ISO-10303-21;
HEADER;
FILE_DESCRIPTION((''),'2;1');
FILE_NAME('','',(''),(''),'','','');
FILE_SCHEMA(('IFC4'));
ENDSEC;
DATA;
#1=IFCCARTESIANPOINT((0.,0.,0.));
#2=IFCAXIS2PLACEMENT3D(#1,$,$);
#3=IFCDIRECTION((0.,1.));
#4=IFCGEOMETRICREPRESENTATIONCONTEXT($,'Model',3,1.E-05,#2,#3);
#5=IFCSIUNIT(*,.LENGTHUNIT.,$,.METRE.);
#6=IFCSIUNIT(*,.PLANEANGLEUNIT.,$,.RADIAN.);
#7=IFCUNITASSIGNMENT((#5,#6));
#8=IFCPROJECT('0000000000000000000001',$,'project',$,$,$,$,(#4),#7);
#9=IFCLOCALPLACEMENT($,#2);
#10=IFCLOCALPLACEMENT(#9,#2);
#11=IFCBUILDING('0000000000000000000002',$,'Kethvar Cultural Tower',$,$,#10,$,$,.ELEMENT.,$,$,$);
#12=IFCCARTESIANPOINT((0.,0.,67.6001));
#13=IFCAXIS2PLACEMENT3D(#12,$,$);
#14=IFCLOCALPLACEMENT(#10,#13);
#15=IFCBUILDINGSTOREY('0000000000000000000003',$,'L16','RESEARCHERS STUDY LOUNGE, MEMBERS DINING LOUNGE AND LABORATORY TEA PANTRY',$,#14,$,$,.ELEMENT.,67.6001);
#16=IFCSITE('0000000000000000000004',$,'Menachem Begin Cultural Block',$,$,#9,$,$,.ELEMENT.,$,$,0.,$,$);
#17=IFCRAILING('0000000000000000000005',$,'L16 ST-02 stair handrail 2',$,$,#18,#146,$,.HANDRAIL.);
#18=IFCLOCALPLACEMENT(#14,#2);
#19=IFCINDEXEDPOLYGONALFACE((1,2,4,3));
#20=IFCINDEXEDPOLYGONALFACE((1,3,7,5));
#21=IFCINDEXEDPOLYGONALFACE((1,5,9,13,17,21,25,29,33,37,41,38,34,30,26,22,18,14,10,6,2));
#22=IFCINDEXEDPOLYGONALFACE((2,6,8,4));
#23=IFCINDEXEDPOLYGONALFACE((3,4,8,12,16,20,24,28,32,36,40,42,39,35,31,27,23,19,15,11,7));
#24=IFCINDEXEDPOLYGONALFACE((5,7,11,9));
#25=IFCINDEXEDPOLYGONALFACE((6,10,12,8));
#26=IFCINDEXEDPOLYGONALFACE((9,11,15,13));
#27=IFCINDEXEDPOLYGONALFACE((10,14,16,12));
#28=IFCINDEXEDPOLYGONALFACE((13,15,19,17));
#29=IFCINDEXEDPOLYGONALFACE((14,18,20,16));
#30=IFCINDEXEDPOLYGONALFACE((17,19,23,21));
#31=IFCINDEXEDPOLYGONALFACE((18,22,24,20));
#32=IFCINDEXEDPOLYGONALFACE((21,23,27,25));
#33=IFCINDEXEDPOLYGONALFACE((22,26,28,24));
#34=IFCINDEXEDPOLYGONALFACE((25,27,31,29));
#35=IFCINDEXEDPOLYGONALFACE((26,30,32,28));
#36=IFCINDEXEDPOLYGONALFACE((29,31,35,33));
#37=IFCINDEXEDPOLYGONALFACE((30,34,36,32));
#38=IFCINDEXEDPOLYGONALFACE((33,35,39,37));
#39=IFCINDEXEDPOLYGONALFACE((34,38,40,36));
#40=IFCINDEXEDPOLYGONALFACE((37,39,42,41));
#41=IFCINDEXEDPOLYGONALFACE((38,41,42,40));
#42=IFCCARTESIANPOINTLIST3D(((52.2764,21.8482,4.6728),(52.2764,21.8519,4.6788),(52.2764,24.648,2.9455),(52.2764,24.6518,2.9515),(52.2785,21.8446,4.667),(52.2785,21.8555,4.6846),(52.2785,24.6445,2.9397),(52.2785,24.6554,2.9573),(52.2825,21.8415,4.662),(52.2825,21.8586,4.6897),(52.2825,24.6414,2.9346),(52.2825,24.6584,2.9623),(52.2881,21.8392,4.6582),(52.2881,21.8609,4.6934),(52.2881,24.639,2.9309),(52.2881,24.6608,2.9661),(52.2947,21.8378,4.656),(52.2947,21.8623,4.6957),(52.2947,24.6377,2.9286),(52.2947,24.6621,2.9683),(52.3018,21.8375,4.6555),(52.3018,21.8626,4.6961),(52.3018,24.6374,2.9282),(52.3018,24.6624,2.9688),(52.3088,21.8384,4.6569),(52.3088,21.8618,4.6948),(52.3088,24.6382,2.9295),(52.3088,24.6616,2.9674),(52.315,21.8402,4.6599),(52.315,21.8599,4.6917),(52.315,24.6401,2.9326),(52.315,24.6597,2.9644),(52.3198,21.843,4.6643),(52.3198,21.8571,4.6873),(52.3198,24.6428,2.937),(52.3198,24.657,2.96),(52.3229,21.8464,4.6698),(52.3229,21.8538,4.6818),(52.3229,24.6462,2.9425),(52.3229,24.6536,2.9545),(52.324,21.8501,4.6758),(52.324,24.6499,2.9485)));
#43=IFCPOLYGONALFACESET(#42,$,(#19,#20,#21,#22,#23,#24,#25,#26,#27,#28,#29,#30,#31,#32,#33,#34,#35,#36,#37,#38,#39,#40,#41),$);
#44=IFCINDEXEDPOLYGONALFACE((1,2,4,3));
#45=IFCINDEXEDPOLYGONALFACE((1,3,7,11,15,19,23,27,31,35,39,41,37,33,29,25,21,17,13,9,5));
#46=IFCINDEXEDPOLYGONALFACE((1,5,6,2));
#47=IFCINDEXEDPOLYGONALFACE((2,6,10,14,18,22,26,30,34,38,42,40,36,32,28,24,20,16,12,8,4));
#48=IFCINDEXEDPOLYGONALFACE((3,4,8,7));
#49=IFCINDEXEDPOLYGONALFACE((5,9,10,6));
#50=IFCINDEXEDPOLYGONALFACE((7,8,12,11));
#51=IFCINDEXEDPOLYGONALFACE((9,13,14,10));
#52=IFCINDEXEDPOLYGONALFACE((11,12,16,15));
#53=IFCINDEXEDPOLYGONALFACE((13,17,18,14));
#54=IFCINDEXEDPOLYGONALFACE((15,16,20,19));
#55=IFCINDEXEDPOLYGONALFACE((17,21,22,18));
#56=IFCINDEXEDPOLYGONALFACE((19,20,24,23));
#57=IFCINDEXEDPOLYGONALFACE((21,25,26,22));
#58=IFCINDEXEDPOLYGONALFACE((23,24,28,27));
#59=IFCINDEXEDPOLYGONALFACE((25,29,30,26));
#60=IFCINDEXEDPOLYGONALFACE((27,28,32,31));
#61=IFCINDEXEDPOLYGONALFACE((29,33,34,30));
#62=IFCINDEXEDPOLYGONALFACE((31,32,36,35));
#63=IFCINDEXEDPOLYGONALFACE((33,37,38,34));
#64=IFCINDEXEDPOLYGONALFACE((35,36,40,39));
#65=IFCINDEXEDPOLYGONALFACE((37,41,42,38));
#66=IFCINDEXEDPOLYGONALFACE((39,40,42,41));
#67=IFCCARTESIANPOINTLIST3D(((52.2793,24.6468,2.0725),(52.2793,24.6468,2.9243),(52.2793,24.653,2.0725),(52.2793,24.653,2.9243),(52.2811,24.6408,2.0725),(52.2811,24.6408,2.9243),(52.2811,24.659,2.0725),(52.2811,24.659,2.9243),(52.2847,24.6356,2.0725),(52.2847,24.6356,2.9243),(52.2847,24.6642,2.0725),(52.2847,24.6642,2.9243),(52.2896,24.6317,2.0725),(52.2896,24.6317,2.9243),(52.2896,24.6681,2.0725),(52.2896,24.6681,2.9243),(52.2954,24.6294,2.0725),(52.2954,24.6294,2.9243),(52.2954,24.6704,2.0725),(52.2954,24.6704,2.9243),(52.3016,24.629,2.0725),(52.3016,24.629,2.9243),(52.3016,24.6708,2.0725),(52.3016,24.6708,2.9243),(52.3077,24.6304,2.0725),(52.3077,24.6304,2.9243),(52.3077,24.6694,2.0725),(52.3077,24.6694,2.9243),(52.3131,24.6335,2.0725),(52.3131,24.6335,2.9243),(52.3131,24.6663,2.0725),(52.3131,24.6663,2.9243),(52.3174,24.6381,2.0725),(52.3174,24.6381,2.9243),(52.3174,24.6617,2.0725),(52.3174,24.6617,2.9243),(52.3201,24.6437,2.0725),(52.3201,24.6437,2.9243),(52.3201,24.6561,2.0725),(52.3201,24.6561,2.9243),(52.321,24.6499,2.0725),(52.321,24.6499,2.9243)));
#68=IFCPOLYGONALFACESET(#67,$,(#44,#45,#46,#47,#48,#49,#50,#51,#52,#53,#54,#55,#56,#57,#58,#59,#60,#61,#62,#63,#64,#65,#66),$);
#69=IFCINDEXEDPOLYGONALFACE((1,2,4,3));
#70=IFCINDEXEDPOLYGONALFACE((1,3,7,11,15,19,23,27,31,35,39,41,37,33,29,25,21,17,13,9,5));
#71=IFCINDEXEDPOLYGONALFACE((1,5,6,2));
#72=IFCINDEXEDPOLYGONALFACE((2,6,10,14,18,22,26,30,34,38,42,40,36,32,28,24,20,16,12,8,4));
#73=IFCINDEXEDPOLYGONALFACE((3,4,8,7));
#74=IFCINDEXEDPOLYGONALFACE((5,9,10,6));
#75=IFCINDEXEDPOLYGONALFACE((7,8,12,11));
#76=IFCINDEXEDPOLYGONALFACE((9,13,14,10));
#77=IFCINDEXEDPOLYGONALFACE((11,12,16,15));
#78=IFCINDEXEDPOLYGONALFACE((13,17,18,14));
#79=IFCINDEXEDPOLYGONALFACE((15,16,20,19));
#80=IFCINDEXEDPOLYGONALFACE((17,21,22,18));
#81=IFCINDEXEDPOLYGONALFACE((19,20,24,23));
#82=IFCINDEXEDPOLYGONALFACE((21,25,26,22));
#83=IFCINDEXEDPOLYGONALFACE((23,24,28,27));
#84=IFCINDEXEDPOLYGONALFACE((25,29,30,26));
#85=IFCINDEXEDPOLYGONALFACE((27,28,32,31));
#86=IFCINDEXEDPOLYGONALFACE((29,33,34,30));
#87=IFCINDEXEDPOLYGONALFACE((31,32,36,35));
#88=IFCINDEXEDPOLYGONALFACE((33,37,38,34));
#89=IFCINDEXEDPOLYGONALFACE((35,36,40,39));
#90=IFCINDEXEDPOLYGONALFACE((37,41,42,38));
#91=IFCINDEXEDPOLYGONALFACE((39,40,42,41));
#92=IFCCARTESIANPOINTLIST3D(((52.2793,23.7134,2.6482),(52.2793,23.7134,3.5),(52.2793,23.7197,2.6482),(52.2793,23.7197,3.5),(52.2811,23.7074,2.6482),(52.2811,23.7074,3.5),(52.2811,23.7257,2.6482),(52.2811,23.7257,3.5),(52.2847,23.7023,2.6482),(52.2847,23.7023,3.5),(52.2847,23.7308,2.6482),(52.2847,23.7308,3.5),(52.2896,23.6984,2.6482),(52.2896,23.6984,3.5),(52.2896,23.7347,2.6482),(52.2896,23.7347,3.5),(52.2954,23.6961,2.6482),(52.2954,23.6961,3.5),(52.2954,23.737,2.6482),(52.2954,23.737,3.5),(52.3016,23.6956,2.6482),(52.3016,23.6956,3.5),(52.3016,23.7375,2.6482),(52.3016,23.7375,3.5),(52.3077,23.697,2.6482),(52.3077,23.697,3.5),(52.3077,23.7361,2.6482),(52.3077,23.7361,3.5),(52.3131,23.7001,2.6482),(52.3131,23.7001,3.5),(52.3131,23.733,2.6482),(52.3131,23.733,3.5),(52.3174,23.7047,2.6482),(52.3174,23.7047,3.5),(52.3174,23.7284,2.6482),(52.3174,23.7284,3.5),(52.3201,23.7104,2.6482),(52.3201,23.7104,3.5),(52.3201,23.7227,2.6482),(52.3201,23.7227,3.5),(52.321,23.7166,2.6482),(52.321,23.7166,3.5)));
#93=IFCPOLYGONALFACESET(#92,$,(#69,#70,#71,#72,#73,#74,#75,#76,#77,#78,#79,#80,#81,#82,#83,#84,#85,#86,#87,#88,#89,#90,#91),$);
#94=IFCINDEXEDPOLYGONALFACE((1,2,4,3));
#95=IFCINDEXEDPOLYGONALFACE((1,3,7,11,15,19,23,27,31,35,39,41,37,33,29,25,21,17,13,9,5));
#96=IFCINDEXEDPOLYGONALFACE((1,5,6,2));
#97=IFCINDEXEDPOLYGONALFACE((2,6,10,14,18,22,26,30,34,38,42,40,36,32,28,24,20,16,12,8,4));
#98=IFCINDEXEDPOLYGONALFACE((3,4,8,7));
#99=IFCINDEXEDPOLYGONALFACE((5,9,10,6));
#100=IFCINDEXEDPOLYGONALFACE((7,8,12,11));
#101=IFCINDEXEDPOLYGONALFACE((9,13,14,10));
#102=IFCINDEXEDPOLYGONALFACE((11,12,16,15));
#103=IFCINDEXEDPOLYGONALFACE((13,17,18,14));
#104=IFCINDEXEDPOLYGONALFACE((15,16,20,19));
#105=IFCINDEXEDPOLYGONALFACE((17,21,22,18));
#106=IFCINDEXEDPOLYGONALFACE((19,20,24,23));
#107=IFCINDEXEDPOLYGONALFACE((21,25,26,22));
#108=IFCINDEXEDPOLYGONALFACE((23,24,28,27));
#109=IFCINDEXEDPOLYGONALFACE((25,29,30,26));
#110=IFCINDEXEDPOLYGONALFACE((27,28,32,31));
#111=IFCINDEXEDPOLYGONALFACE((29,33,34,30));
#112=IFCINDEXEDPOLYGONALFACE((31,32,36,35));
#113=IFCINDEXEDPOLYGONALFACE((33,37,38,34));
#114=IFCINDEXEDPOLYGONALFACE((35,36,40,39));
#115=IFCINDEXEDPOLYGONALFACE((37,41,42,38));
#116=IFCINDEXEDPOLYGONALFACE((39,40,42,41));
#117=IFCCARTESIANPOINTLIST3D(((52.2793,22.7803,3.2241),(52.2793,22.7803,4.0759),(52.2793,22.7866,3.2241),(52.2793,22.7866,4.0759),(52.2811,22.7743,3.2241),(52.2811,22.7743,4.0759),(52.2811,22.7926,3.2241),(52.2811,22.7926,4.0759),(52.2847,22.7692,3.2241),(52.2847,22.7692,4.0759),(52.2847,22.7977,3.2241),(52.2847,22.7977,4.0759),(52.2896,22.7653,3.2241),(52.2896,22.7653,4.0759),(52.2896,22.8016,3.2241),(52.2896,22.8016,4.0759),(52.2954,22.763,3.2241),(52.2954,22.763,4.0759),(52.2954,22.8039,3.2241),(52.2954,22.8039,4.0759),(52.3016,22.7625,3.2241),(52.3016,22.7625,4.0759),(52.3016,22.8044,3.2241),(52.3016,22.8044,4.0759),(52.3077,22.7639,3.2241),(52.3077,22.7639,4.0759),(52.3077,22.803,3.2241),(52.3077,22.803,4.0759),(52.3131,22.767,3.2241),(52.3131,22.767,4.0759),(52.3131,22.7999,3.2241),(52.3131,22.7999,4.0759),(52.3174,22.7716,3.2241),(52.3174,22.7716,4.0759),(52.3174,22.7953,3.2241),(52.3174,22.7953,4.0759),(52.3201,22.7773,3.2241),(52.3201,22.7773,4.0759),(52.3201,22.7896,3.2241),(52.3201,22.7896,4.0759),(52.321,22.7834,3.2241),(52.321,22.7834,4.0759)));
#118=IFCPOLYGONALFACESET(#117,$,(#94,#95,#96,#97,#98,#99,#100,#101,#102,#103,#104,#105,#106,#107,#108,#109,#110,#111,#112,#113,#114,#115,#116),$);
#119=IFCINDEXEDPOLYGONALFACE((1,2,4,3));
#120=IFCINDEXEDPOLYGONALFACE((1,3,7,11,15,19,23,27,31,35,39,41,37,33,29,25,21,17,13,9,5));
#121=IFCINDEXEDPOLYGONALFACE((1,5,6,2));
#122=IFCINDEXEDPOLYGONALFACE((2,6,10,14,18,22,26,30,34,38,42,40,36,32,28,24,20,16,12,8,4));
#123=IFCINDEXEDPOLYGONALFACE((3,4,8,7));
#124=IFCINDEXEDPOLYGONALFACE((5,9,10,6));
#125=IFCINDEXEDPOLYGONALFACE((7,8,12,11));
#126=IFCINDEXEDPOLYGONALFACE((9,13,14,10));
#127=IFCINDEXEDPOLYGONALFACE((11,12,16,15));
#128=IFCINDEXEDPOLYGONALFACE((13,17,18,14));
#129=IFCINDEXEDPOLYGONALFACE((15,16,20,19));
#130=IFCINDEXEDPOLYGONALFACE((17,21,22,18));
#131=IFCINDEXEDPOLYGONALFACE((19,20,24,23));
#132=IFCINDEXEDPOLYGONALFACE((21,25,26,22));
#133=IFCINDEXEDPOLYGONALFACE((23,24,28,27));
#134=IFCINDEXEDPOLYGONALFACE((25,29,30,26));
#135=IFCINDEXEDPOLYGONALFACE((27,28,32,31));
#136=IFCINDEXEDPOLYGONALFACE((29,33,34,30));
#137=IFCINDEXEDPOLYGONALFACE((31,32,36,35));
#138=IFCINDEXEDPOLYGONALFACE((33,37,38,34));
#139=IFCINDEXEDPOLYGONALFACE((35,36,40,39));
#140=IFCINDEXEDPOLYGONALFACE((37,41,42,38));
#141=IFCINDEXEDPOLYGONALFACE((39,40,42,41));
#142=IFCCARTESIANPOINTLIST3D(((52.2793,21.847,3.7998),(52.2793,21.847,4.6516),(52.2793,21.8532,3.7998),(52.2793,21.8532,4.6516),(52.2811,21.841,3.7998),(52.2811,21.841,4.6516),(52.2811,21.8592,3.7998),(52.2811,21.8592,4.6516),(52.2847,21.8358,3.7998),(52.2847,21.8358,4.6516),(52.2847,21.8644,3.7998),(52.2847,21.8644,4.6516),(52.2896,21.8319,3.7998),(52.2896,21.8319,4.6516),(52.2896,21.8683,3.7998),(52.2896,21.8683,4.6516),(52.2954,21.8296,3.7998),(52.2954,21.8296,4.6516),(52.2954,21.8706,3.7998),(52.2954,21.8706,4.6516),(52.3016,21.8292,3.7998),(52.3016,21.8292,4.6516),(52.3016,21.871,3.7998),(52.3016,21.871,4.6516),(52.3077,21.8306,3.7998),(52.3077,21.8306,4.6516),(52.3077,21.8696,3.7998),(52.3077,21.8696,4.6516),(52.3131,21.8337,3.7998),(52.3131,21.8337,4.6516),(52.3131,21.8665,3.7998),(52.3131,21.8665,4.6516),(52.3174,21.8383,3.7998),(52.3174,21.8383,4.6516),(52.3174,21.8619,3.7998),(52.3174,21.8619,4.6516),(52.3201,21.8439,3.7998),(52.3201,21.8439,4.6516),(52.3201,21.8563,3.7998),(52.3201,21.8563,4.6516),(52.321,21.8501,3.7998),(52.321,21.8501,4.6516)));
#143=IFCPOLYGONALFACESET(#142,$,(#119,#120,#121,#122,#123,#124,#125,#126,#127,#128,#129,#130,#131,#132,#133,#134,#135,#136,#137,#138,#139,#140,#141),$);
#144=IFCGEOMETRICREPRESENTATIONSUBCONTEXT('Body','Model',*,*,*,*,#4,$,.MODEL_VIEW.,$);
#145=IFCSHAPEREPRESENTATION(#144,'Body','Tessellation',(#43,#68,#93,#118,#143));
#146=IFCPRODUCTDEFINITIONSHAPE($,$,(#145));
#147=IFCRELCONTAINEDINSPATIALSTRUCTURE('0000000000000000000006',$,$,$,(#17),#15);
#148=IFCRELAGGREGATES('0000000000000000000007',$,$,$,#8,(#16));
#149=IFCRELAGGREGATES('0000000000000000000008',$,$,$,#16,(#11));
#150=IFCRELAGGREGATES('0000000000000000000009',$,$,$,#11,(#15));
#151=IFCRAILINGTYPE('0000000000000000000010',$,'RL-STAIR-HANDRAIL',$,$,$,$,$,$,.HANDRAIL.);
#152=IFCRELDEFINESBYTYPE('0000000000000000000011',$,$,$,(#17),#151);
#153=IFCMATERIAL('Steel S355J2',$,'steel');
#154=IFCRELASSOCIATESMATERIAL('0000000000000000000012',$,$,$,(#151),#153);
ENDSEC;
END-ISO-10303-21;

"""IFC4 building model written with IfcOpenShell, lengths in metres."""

from ifc_helpers import new_model, si_unit, direction, frame, origin, origin_2d, place, context, subcontext, project, spatial, circle, extrude, material, type_object, element, save


model = new_model("IFC4")

# Units and contexts
model_context = context("Model", 3, precision=1e-05, world=origin(), true_north=direction((0.0, 1.0)))
body_context = subcontext(model_context, "Body", "Model", "MODEL_VIEW")
ifc_project = project(units=[si_unit("LENGTHUNIT", "METRE"), si_unit("PLANEANGLEUNIT", "RADIAN")], contexts=[model_context])

# Site, building, storey
site_placement = place(None, origin())
site = spatial("IfcSite", under=ifc_project, at=site_placement, Name="Menachem Begin Cultural Block", CompositionType="ELEMENT", RefElevation=0.0)
building_placement = place(site_placement, origin())
building = spatial("IfcBuilding", under=site, at=building_placement, Name="Kethvar Cultural Tower", CompositionType="ELEMENT")
storey_placement = place(building_placement, frame((0.0, 0.0, 67.6001)))
storey = spatial("IfcBuildingStorey", under=building, at=storey_placement, Name="L16", Description="RESEARCHERS STUDY LOUNGE, MEMBERS DINING LOUNGE AND LABORATORY TEA PANTRY", CompositionType="ELEMENT", Elevation=67.6001)

# Shared definitions
ifc_material_1 = material(Name="Steel S355J2", Category="steel")

# Railing
railing_type_1 = type_object("IfcRailingType", Name="RL-STAIR-HANDRAIL", PredefinedType="HANDRAIL", material=ifc_material_1)
railing_1_placement = place(storey_placement, frame((52.3, 24.6499, 2.0725)))
element("IfcRailing", 1, at=railing_1_placement, inside=storey, type_object=railing_type_1, Name="L16 ST-02 stair handrail 2", PredefinedType="HANDRAIL", context=body_context, shape_type="SweptSolid", body=[
    extrude(circle(Radius=0.0239, at=origin_2d()), frame((0.0, 0.0, 0.876), z_axis=(0.0, -0.851069, 0.525054), x_axis=(1.0, 0.0, 0.0)), (0.0, 0.0, 1.0), 3.2898),
    extrude(circle(Radius=0.021, at=origin_2d()), origin(), (0.0, 0.0, 1.0), 0.8518),
    extrude(circle(Radius=0.021, at=origin_2d()), frame((0.0, -0.9333, 0.5757)), (0.0, 0.0, 1.0), 0.8518),
    extrude(circle(Radius=0.021, at=origin_2d()), frame((0.0, -1.8665, 1.1516)), (0.0, 0.0, 1.0), 0.8518),
    extrude(circle(Radius=0.021, at=origin_2d()), frame((0.0, -2.7998, 1.7273)), (0.0, 0.0, 1.0), 0.8518),
])

save(model, "model.ifc")
